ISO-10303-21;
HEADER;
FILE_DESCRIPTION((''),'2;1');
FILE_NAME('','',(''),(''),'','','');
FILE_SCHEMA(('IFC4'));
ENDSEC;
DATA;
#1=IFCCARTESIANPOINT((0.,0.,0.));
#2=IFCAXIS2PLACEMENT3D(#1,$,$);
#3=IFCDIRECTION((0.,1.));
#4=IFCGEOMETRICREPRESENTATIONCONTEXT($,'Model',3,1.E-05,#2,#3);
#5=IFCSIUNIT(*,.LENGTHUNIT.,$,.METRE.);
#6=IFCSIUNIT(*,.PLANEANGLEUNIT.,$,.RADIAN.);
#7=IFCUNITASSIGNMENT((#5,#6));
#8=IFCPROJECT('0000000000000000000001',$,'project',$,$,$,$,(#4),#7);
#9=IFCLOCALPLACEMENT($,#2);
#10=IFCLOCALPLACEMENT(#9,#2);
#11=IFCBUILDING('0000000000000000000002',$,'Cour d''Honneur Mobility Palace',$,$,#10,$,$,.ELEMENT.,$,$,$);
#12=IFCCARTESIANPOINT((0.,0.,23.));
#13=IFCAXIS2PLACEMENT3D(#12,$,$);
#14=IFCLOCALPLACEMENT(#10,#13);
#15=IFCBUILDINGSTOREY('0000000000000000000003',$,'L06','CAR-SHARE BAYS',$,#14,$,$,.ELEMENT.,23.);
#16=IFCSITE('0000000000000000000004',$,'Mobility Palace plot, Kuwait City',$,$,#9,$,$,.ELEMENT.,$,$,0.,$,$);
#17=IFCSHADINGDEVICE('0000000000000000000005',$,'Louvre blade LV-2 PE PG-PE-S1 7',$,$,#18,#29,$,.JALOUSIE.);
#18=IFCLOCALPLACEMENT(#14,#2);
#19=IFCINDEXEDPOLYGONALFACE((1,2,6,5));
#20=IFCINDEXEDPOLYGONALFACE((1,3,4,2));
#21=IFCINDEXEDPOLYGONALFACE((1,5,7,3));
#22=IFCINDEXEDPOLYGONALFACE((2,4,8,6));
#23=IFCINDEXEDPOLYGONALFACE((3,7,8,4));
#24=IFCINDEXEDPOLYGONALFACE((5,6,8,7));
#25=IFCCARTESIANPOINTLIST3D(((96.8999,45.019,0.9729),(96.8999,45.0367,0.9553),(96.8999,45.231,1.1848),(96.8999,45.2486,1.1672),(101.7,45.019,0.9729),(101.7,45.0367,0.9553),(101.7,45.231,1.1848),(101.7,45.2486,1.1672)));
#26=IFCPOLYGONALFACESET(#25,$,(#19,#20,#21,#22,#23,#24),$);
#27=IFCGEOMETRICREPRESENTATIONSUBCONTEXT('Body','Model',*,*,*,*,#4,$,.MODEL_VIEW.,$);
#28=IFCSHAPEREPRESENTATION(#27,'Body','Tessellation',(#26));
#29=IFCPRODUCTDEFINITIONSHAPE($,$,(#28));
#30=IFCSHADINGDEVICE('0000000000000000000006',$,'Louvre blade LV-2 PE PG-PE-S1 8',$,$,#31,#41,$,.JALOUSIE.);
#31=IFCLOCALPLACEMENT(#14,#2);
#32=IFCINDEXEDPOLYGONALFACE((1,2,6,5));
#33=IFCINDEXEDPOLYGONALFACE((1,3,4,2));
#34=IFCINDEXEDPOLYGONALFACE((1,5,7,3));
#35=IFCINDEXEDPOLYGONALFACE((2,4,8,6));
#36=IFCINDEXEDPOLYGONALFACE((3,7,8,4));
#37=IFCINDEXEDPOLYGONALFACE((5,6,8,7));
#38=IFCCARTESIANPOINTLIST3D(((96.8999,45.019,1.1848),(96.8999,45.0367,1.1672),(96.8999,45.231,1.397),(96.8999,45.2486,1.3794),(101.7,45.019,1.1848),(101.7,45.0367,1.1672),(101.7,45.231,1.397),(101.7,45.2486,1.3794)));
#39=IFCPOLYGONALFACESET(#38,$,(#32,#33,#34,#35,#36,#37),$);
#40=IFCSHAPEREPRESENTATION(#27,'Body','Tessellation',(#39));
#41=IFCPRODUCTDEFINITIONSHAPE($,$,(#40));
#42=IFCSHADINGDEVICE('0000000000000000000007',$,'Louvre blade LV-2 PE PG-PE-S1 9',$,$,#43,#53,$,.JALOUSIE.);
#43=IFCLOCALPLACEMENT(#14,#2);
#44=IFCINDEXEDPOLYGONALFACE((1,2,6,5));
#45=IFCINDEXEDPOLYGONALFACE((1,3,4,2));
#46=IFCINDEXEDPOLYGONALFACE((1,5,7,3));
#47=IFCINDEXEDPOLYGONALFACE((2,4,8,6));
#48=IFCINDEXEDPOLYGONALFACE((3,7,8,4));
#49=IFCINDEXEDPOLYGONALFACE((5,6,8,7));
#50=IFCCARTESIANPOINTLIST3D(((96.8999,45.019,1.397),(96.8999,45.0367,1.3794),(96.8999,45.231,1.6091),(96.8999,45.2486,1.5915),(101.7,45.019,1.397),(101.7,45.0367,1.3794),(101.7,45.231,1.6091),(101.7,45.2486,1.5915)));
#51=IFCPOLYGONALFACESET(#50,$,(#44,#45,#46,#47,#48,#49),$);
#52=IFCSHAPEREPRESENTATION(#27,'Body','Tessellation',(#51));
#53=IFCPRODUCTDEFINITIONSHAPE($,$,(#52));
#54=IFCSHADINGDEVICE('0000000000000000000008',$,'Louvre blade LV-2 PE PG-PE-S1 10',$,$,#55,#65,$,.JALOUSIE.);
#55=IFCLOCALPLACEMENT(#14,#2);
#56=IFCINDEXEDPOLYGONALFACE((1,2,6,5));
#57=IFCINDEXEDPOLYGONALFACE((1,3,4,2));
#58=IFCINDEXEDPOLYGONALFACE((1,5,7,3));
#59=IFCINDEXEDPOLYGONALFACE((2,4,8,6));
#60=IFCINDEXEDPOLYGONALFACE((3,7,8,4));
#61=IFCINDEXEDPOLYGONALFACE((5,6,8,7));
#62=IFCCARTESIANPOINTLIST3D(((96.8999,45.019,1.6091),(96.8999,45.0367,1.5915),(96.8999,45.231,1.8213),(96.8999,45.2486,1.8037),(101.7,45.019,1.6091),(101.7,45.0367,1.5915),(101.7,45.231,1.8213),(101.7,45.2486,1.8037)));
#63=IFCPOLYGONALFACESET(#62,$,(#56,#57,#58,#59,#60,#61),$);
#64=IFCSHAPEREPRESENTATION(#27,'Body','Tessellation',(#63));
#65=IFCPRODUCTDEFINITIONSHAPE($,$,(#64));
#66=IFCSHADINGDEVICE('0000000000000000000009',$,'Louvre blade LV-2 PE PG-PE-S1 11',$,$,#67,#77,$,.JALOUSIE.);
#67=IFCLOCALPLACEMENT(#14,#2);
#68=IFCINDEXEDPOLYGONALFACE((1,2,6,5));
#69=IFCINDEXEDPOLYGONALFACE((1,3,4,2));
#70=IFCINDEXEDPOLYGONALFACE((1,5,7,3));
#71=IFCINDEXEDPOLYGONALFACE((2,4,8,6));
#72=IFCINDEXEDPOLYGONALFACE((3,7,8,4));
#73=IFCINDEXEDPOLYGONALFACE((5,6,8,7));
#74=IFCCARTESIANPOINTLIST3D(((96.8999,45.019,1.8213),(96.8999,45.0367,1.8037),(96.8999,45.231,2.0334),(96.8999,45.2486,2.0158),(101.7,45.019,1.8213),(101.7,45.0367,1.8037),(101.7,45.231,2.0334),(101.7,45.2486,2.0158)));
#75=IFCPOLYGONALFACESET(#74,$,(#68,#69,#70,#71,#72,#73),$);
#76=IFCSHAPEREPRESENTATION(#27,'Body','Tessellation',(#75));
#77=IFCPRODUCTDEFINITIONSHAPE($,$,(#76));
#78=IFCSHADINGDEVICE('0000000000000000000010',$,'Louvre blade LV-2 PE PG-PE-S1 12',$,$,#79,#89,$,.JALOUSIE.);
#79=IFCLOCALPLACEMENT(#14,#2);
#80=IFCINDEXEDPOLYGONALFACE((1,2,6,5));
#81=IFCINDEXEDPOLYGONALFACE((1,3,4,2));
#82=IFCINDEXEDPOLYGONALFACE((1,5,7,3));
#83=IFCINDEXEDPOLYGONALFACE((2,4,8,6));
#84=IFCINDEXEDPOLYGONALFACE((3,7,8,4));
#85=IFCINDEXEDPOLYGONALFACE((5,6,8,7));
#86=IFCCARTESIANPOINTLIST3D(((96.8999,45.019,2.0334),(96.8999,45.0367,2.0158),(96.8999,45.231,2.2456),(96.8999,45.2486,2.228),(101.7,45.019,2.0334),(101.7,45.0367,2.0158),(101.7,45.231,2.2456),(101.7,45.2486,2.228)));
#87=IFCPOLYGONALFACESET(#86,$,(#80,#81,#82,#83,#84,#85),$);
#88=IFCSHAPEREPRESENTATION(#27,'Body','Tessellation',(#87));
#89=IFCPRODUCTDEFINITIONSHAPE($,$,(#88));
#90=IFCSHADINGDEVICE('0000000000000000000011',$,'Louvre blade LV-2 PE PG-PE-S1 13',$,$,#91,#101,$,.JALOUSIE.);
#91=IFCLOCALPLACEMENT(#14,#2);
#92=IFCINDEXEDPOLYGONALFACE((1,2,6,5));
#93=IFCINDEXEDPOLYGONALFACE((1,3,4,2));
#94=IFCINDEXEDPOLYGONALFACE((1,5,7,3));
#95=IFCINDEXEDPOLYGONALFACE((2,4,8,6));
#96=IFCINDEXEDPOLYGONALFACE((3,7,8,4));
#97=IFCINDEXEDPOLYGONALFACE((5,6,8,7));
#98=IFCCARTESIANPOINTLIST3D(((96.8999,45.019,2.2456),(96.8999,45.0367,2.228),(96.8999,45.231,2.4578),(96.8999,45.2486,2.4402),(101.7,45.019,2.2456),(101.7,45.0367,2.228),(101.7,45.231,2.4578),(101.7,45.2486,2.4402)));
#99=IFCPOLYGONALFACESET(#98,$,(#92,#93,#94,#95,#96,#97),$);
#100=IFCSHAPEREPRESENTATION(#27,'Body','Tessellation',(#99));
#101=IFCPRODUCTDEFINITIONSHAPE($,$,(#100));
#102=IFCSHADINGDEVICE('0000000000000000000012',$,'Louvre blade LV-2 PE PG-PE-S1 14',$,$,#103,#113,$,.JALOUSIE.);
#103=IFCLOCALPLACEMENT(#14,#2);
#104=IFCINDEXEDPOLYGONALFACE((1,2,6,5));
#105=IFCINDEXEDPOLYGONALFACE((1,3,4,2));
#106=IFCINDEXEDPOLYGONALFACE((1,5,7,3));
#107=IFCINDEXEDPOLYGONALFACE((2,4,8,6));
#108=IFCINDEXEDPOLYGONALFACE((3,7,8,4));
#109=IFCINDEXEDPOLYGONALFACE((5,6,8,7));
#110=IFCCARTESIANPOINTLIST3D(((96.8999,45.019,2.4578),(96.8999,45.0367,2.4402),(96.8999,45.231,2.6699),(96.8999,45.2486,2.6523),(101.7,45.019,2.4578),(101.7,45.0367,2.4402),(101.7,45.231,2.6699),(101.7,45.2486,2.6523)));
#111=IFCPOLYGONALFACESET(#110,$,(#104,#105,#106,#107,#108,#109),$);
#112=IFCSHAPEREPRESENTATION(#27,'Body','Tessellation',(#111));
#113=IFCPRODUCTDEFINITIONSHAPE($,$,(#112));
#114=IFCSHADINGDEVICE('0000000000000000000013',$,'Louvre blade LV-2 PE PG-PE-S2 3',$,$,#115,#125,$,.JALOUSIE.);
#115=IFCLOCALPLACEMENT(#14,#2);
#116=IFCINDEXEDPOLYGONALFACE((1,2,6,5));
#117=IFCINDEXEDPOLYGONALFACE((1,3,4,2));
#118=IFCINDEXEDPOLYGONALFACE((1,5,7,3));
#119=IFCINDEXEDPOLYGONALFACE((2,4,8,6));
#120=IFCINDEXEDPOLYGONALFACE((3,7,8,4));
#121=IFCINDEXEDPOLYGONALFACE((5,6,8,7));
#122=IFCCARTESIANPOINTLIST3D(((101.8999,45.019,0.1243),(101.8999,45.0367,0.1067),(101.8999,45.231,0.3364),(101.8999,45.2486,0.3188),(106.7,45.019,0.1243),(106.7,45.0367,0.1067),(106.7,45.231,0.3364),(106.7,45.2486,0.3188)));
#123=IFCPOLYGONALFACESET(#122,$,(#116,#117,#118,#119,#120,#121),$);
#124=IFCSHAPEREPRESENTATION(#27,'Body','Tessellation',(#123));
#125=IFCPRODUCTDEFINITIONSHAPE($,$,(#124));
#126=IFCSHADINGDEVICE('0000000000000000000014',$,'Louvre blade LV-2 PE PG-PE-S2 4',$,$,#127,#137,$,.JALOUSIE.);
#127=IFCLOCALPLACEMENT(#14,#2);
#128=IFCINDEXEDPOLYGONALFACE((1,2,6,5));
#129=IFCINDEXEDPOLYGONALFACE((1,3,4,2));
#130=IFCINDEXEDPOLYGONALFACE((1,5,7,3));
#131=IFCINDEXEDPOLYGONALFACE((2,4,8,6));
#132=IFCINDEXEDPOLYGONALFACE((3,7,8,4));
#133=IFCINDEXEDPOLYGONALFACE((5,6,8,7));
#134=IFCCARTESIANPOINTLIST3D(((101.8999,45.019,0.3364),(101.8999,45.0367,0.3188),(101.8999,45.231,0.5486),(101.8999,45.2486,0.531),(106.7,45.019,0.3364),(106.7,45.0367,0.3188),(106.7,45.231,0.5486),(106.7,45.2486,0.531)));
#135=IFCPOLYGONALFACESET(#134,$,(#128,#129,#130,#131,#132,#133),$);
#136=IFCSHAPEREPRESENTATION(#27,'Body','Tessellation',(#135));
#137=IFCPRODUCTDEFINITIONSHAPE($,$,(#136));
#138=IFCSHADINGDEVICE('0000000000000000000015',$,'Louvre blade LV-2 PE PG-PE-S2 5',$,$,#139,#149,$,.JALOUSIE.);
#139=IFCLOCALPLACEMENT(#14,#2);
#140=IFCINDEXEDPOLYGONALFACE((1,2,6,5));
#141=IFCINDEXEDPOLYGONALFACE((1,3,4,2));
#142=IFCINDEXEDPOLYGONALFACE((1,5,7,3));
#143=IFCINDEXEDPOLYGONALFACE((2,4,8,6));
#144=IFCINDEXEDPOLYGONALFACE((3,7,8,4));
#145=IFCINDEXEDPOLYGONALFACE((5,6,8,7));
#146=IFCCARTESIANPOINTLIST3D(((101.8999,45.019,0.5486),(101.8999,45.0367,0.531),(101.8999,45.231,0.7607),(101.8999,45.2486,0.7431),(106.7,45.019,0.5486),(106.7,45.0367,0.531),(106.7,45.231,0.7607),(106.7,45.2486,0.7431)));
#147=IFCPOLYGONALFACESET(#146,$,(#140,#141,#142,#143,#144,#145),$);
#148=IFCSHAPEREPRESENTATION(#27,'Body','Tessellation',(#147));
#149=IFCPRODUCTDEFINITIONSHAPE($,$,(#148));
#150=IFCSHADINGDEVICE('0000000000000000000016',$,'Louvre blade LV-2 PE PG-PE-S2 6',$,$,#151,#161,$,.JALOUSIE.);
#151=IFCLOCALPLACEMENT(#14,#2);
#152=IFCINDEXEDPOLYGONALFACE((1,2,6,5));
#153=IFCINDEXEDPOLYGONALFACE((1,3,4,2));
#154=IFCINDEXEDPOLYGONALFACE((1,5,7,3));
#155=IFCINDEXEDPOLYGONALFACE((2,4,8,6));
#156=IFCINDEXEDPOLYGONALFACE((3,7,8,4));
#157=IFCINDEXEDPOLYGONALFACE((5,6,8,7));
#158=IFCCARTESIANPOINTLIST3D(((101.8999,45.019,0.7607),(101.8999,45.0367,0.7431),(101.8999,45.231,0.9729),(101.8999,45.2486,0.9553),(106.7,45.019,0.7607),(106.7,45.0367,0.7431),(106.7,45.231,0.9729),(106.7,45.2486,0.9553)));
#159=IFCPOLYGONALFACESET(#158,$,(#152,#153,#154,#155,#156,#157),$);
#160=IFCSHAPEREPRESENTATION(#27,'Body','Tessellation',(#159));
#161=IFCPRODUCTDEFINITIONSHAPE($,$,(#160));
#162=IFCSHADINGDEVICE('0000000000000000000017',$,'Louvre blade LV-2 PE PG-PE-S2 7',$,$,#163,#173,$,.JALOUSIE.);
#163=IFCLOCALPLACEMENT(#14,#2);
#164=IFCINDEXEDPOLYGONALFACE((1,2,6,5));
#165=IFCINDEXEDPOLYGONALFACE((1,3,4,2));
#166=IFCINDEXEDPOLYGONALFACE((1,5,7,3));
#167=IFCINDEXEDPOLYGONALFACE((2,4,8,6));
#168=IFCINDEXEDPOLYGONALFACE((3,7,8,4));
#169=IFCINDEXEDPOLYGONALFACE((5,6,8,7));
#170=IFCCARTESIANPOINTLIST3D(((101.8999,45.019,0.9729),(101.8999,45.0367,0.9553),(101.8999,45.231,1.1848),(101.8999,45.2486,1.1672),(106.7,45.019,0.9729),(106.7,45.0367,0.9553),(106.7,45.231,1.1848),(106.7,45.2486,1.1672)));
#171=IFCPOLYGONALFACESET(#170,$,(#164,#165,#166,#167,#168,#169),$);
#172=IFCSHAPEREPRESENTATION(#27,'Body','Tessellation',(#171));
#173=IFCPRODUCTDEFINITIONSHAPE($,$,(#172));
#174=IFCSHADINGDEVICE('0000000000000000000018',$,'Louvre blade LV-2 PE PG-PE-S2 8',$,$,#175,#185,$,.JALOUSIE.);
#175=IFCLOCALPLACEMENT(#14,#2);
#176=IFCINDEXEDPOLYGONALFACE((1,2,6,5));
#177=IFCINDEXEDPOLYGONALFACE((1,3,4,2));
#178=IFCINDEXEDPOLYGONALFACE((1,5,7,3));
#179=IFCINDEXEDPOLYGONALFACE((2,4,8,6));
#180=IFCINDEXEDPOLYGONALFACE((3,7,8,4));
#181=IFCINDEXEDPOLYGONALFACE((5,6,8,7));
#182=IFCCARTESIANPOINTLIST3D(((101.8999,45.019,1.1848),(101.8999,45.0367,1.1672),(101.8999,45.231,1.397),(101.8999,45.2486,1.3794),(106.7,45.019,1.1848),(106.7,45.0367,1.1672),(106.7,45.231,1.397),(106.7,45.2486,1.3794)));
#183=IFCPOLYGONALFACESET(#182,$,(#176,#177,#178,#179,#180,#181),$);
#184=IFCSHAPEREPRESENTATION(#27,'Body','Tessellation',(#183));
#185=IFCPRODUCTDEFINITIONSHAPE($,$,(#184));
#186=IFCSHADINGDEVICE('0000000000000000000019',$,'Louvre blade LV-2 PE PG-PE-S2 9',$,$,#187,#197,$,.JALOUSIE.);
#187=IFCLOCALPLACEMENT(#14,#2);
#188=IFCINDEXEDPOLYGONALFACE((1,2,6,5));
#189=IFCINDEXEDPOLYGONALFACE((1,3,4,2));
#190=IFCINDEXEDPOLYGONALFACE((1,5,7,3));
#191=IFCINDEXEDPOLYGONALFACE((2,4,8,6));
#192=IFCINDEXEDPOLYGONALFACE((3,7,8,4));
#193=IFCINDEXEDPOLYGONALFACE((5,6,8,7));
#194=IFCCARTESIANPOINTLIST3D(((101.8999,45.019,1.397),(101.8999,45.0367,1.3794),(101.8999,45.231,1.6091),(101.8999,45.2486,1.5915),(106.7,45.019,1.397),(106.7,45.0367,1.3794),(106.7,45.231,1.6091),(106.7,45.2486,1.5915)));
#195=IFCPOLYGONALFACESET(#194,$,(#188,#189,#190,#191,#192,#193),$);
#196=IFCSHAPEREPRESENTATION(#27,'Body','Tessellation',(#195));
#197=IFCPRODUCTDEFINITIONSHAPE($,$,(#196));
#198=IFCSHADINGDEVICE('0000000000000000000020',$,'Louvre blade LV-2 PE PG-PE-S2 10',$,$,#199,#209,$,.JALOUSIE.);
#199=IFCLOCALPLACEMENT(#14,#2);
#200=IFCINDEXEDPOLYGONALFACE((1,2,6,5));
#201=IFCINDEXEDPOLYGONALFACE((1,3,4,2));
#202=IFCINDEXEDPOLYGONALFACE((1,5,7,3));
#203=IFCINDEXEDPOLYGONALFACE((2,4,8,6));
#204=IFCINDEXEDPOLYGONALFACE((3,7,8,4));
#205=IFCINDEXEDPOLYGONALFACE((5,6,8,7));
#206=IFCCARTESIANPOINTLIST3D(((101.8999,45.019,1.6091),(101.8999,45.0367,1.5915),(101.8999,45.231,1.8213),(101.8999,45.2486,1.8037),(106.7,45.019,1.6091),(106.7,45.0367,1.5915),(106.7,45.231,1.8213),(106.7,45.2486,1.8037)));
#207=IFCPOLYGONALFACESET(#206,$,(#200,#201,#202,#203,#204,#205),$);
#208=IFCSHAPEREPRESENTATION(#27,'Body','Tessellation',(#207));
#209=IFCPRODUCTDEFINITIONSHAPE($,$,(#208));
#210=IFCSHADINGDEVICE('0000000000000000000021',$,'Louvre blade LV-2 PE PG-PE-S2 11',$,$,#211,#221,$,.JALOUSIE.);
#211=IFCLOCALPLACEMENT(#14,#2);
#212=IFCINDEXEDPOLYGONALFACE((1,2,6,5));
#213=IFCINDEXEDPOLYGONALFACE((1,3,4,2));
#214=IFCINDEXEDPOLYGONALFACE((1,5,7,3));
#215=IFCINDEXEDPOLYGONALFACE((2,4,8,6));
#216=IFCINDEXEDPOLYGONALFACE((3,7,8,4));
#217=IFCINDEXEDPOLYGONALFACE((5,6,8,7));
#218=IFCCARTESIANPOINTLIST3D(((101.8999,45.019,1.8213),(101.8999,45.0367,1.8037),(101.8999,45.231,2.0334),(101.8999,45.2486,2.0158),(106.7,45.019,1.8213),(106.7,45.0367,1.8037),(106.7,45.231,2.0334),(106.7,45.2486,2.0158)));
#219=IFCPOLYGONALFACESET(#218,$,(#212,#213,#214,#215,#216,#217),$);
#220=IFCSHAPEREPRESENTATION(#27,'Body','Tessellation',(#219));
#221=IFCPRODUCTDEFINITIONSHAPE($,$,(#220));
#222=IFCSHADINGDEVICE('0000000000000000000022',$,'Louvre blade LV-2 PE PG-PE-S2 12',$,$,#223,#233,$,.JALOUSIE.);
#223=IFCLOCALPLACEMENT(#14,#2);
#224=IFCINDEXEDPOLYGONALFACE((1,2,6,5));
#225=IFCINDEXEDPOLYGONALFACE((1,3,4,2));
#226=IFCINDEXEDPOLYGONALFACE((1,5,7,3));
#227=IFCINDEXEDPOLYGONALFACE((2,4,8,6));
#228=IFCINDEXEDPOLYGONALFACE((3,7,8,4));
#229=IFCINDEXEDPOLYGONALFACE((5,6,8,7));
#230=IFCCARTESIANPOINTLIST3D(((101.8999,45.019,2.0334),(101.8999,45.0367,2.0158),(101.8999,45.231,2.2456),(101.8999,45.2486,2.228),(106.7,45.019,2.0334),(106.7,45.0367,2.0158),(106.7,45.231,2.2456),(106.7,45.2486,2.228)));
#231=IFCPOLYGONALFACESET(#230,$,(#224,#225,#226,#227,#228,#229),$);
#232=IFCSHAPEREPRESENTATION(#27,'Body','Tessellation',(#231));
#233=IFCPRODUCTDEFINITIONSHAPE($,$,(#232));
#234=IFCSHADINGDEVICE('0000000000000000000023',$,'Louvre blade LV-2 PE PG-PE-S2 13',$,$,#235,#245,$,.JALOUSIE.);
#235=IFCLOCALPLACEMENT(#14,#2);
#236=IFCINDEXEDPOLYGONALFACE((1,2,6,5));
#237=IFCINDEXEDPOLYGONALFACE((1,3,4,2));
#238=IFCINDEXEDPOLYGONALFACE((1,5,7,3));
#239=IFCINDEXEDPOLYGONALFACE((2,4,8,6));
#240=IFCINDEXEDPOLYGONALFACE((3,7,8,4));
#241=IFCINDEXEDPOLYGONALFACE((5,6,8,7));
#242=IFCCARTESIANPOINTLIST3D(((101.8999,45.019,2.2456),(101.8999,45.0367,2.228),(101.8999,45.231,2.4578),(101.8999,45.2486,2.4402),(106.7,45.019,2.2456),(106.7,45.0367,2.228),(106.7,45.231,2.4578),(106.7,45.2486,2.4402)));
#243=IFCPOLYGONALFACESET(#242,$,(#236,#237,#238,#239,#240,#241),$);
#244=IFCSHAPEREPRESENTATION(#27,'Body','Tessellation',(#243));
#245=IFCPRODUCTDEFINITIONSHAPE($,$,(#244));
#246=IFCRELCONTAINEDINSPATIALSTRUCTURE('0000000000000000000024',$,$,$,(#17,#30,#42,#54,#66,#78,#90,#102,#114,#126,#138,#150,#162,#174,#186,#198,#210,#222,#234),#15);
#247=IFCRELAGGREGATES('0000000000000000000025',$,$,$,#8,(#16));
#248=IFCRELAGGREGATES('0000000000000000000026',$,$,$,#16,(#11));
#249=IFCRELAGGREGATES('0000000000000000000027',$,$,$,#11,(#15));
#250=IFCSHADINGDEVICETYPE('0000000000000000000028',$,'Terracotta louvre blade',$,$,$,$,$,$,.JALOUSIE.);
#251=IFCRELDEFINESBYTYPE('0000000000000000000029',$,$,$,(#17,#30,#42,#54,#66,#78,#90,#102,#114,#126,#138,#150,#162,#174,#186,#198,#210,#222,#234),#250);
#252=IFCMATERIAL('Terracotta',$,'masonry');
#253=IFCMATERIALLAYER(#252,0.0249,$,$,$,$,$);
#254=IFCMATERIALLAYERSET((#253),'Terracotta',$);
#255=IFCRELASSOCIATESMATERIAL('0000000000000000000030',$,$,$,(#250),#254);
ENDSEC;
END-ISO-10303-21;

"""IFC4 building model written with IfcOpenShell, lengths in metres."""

from ifc_helpers import new_model, si_unit, direction, frame, origin, place, context, subcontext, project, spatial, polyline, outline, extrude, material, layer, layer_set, type_object, element, save


model = new_model("IFC4")

# Units and contexts
model_context = context("Model", 3, precision=1e-05, world=origin(), true_north=direction((0.0, 1.0)))
body_context = subcontext(model_context, "Body", "Model", "MODEL_VIEW")
ifc_project = project(units=[si_unit("LENGTHUNIT", "METRE"), si_unit("PLANEANGLEUNIT", "RADIAN")], contexts=[model_context])

# Site, building, storey
site_placement = place(None, origin())
site = spatial("IfcSite", under=ifc_project, at=site_placement, Name="Mobility Palace plot, Kuwait City", CompositionType="ELEMENT", RefElevation=0.0)
building_placement = place(site_placement, origin())
building = spatial("IfcBuilding", under=site, at=building_placement, Name="Cour d'Honneur Mobility Palace", CompositionType="ELEMENT")
storey_placement = place(building_placement, frame((0.0, 0.0, 23.0)))
storey = spatial("IfcBuildingStorey", under=building, at=storey_placement, Name="L06", Description="CAR-SHARE BAYS", CompositionType="ELEMENT", Elevation=23.0)

# Shading devices
ifc_material_1 = material(Name="Terracotta", Category="masonry")
ifc_layer = layer(ifc_material_1, 0.0249)
ifc_layer_set = layer_set([ifc_layer], Name="Terracotta")
shading_device_type = type_object("IfcShadingDeviceType", Name="Terracotta louvre blade", PredefinedType="JALOUSIE", material=ifc_layer_set)
shading_device_1_placement = place(storey_placement, frame((96.8999, 45.019, 0.9729), z_axis=(0.0, -0.707107, 0.707107), x_axis=(1.0, 0.0, 0.0)))
element("IfcShadingDevice", 1, at=shading_device_1_placement, inside=storey, type_object=shading_device_type, Name="Louvre blade LV-2 PE PG-PE-S1 7", PredefinedType="JALOUSIE", context=body_context, shape_type="SweptSolid", body=[
    extrude(outline(polyline([(0.0, 0.0), (4.8, 0.0), (4.8, 0.2997), (0.0, 0.2997), (0.0, 0.0)])), origin(), (0.0, 0.0, -1.0), 0.0249),
])
for number, where, z_axis, x_axis, name in (
    (2, (96.8999, 45.019, 1.1848), (0.0, -0.707514, 0.7067), (1.0, 0.0, 0.0), "Louvre blade LV-2 PE PG-PE-S1 8"),
    (3, (96.8999, 45.019, 1.397), (0.0, -0.707514, 0.7067), (1.0, 0.0, 0.0), "Louvre blade LV-2 PE PG-PE-S1 9"),
    (4, (96.8999, 45.019, 1.6091), (0.0, -0.707514, 0.7067), (1.0, 0.0, 0.0), "Louvre blade LV-2 PE PG-PE-S1 10"),
    (5, (96.8999, 45.019, 1.8213), (0.0, -0.707514, 0.7067), (1.0, 0.0, 0.0), "Louvre blade LV-2 PE PG-PE-S1 11"),
    (6, (96.8999, 45.019, 2.0334), (0.0, -0.707514, 0.7067), (1.0, 0.0, 0.0), "Louvre blade LV-2 PE PG-PE-S1 12"),
    (7, (96.8999, 45.019, 2.2456), (0.0, -0.707514, 0.7067), (1.0, 0.0, 0.0), "Louvre blade LV-2 PE PG-PE-S1 13"),
    (8, (96.8999, 45.019, 2.4578), (0.0, -0.707514, 0.7067), (1.0, 0.0, 0.0), "Louvre blade LV-2 PE PG-PE-S1 14"),
    (9, (101.8999, 45.019, 0.1243), (0.0, -0.707514, 0.7067), (1.0, 0.0, 0.0), "Louvre blade LV-2 PE PG-PE-S2 3"),
    (10, (101.8999, 45.019, 0.3364), (0.0, -0.707514, 0.7067), (1.0, 0.0, 0.0), "Louvre blade LV-2 PE PG-PE-S2 4"),
    (11, (101.8999, 45.019, 0.5486), (0.0, -0.707514, 0.7067), (1.0, 0.0, 0.0), "Louvre blade LV-2 PE PG-PE-S2 5"),
    (12, (101.8999, 45.019, 0.7607), (0.0, -0.707514, 0.7067), (1.0, 0.0, 0.0), "Louvre blade LV-2 PE PG-PE-S2 6"),
):
    element("IfcShadingDevice", number, at=place(storey_placement, frame(where, z_axis=z_axis, x_axis=x_axis)), inside=storey, type_object=shading_device_type, Name=name, PredefinedType="JALOUSIE", context=body_context, shape_type="SweptSolid", body=[
        extrude(outline(polyline([(0.0, 0.0), (4.8, 0.0), (4.8, 0.2999), (0.0, 0.2999), (0.0, 0.0)])), origin(), (0.0, 0.0, -1.0), 0.0249),
    ])
shading_device_2_placement = place(storey_placement, frame((101.8999, 45.019, 0.9729), z_axis=(0.0, -0.707107, 0.707107), x_axis=(1.0, 0.0, 0.0)))
element("IfcShadingDevice", 13, at=shading_device_2_placement, inside=storey, type_object=shading_device_type, Name="Louvre blade LV-2 PE PG-PE-S2 7", PredefinedType="JALOUSIE", context=body_context, shape_type="SweptSolid", body=[
    extrude(outline(polyline([(0.0, 0.0), (4.8, 0.0), (4.8, 0.2997), (0.0, 0.2997), (0.0, 0.0)])), origin(), (0.0, 0.0, -1.0), 0.0249),
])
for number, where, z_axis, x_axis, name in (
    (14, (101.8999, 45.019, 1.1848), (0.0, -0.707514, 0.7067), (1.0, 0.0, 0.0), "Louvre blade LV-2 PE PG-PE-S2 8"),
    (15, (101.8999, 45.019, 1.397), (0.0, -0.707514, 0.7067), (1.0, 0.0, 0.0), "Louvre blade LV-2 PE PG-PE-S2 9"),
    (16, (101.8999, 45.019, 1.6091), (0.0, -0.707514, 0.7067), (1.0, 0.0, 0.0), "Louvre blade LV-2 PE PG-PE-S2 10"),
    (17, (101.8999, 45.019, 1.8213), (0.0, -0.707514, 0.7067), (1.0, 0.0, 0.0), "Louvre blade LV-2 PE PG-PE-S2 11"),
    (18, (101.8999, 45.019, 2.0334), (0.0, -0.707514, 0.7067), (1.0, 0.0, 0.0), "Louvre blade LV-2 PE PG-PE-S2 12"),
    (19, (101.8999, 45.019, 2.2456), (0.0, -0.707514, 0.7067), (1.0, 0.0, 0.0), "Louvre blade LV-2 PE PG-PE-S2 13"),
):
    element("IfcShadingDevice", number, at=place(storey_placement, frame(where, z_axis=z_axis, x_axis=x_axis)), inside=storey, type_object=shading_device_type, Name=name, PredefinedType="JALOUSIE", context=body_context, shape_type="SweptSolid", body=[
        extrude(outline(polyline([(0.0, 0.0), (4.8, 0.0), (4.8, 0.2999), (0.0, 0.2999), (0.0, 0.0)])), origin(), (0.0, 0.0, -1.0), 0.0249),
    ])

save(model, "model.ifc")
